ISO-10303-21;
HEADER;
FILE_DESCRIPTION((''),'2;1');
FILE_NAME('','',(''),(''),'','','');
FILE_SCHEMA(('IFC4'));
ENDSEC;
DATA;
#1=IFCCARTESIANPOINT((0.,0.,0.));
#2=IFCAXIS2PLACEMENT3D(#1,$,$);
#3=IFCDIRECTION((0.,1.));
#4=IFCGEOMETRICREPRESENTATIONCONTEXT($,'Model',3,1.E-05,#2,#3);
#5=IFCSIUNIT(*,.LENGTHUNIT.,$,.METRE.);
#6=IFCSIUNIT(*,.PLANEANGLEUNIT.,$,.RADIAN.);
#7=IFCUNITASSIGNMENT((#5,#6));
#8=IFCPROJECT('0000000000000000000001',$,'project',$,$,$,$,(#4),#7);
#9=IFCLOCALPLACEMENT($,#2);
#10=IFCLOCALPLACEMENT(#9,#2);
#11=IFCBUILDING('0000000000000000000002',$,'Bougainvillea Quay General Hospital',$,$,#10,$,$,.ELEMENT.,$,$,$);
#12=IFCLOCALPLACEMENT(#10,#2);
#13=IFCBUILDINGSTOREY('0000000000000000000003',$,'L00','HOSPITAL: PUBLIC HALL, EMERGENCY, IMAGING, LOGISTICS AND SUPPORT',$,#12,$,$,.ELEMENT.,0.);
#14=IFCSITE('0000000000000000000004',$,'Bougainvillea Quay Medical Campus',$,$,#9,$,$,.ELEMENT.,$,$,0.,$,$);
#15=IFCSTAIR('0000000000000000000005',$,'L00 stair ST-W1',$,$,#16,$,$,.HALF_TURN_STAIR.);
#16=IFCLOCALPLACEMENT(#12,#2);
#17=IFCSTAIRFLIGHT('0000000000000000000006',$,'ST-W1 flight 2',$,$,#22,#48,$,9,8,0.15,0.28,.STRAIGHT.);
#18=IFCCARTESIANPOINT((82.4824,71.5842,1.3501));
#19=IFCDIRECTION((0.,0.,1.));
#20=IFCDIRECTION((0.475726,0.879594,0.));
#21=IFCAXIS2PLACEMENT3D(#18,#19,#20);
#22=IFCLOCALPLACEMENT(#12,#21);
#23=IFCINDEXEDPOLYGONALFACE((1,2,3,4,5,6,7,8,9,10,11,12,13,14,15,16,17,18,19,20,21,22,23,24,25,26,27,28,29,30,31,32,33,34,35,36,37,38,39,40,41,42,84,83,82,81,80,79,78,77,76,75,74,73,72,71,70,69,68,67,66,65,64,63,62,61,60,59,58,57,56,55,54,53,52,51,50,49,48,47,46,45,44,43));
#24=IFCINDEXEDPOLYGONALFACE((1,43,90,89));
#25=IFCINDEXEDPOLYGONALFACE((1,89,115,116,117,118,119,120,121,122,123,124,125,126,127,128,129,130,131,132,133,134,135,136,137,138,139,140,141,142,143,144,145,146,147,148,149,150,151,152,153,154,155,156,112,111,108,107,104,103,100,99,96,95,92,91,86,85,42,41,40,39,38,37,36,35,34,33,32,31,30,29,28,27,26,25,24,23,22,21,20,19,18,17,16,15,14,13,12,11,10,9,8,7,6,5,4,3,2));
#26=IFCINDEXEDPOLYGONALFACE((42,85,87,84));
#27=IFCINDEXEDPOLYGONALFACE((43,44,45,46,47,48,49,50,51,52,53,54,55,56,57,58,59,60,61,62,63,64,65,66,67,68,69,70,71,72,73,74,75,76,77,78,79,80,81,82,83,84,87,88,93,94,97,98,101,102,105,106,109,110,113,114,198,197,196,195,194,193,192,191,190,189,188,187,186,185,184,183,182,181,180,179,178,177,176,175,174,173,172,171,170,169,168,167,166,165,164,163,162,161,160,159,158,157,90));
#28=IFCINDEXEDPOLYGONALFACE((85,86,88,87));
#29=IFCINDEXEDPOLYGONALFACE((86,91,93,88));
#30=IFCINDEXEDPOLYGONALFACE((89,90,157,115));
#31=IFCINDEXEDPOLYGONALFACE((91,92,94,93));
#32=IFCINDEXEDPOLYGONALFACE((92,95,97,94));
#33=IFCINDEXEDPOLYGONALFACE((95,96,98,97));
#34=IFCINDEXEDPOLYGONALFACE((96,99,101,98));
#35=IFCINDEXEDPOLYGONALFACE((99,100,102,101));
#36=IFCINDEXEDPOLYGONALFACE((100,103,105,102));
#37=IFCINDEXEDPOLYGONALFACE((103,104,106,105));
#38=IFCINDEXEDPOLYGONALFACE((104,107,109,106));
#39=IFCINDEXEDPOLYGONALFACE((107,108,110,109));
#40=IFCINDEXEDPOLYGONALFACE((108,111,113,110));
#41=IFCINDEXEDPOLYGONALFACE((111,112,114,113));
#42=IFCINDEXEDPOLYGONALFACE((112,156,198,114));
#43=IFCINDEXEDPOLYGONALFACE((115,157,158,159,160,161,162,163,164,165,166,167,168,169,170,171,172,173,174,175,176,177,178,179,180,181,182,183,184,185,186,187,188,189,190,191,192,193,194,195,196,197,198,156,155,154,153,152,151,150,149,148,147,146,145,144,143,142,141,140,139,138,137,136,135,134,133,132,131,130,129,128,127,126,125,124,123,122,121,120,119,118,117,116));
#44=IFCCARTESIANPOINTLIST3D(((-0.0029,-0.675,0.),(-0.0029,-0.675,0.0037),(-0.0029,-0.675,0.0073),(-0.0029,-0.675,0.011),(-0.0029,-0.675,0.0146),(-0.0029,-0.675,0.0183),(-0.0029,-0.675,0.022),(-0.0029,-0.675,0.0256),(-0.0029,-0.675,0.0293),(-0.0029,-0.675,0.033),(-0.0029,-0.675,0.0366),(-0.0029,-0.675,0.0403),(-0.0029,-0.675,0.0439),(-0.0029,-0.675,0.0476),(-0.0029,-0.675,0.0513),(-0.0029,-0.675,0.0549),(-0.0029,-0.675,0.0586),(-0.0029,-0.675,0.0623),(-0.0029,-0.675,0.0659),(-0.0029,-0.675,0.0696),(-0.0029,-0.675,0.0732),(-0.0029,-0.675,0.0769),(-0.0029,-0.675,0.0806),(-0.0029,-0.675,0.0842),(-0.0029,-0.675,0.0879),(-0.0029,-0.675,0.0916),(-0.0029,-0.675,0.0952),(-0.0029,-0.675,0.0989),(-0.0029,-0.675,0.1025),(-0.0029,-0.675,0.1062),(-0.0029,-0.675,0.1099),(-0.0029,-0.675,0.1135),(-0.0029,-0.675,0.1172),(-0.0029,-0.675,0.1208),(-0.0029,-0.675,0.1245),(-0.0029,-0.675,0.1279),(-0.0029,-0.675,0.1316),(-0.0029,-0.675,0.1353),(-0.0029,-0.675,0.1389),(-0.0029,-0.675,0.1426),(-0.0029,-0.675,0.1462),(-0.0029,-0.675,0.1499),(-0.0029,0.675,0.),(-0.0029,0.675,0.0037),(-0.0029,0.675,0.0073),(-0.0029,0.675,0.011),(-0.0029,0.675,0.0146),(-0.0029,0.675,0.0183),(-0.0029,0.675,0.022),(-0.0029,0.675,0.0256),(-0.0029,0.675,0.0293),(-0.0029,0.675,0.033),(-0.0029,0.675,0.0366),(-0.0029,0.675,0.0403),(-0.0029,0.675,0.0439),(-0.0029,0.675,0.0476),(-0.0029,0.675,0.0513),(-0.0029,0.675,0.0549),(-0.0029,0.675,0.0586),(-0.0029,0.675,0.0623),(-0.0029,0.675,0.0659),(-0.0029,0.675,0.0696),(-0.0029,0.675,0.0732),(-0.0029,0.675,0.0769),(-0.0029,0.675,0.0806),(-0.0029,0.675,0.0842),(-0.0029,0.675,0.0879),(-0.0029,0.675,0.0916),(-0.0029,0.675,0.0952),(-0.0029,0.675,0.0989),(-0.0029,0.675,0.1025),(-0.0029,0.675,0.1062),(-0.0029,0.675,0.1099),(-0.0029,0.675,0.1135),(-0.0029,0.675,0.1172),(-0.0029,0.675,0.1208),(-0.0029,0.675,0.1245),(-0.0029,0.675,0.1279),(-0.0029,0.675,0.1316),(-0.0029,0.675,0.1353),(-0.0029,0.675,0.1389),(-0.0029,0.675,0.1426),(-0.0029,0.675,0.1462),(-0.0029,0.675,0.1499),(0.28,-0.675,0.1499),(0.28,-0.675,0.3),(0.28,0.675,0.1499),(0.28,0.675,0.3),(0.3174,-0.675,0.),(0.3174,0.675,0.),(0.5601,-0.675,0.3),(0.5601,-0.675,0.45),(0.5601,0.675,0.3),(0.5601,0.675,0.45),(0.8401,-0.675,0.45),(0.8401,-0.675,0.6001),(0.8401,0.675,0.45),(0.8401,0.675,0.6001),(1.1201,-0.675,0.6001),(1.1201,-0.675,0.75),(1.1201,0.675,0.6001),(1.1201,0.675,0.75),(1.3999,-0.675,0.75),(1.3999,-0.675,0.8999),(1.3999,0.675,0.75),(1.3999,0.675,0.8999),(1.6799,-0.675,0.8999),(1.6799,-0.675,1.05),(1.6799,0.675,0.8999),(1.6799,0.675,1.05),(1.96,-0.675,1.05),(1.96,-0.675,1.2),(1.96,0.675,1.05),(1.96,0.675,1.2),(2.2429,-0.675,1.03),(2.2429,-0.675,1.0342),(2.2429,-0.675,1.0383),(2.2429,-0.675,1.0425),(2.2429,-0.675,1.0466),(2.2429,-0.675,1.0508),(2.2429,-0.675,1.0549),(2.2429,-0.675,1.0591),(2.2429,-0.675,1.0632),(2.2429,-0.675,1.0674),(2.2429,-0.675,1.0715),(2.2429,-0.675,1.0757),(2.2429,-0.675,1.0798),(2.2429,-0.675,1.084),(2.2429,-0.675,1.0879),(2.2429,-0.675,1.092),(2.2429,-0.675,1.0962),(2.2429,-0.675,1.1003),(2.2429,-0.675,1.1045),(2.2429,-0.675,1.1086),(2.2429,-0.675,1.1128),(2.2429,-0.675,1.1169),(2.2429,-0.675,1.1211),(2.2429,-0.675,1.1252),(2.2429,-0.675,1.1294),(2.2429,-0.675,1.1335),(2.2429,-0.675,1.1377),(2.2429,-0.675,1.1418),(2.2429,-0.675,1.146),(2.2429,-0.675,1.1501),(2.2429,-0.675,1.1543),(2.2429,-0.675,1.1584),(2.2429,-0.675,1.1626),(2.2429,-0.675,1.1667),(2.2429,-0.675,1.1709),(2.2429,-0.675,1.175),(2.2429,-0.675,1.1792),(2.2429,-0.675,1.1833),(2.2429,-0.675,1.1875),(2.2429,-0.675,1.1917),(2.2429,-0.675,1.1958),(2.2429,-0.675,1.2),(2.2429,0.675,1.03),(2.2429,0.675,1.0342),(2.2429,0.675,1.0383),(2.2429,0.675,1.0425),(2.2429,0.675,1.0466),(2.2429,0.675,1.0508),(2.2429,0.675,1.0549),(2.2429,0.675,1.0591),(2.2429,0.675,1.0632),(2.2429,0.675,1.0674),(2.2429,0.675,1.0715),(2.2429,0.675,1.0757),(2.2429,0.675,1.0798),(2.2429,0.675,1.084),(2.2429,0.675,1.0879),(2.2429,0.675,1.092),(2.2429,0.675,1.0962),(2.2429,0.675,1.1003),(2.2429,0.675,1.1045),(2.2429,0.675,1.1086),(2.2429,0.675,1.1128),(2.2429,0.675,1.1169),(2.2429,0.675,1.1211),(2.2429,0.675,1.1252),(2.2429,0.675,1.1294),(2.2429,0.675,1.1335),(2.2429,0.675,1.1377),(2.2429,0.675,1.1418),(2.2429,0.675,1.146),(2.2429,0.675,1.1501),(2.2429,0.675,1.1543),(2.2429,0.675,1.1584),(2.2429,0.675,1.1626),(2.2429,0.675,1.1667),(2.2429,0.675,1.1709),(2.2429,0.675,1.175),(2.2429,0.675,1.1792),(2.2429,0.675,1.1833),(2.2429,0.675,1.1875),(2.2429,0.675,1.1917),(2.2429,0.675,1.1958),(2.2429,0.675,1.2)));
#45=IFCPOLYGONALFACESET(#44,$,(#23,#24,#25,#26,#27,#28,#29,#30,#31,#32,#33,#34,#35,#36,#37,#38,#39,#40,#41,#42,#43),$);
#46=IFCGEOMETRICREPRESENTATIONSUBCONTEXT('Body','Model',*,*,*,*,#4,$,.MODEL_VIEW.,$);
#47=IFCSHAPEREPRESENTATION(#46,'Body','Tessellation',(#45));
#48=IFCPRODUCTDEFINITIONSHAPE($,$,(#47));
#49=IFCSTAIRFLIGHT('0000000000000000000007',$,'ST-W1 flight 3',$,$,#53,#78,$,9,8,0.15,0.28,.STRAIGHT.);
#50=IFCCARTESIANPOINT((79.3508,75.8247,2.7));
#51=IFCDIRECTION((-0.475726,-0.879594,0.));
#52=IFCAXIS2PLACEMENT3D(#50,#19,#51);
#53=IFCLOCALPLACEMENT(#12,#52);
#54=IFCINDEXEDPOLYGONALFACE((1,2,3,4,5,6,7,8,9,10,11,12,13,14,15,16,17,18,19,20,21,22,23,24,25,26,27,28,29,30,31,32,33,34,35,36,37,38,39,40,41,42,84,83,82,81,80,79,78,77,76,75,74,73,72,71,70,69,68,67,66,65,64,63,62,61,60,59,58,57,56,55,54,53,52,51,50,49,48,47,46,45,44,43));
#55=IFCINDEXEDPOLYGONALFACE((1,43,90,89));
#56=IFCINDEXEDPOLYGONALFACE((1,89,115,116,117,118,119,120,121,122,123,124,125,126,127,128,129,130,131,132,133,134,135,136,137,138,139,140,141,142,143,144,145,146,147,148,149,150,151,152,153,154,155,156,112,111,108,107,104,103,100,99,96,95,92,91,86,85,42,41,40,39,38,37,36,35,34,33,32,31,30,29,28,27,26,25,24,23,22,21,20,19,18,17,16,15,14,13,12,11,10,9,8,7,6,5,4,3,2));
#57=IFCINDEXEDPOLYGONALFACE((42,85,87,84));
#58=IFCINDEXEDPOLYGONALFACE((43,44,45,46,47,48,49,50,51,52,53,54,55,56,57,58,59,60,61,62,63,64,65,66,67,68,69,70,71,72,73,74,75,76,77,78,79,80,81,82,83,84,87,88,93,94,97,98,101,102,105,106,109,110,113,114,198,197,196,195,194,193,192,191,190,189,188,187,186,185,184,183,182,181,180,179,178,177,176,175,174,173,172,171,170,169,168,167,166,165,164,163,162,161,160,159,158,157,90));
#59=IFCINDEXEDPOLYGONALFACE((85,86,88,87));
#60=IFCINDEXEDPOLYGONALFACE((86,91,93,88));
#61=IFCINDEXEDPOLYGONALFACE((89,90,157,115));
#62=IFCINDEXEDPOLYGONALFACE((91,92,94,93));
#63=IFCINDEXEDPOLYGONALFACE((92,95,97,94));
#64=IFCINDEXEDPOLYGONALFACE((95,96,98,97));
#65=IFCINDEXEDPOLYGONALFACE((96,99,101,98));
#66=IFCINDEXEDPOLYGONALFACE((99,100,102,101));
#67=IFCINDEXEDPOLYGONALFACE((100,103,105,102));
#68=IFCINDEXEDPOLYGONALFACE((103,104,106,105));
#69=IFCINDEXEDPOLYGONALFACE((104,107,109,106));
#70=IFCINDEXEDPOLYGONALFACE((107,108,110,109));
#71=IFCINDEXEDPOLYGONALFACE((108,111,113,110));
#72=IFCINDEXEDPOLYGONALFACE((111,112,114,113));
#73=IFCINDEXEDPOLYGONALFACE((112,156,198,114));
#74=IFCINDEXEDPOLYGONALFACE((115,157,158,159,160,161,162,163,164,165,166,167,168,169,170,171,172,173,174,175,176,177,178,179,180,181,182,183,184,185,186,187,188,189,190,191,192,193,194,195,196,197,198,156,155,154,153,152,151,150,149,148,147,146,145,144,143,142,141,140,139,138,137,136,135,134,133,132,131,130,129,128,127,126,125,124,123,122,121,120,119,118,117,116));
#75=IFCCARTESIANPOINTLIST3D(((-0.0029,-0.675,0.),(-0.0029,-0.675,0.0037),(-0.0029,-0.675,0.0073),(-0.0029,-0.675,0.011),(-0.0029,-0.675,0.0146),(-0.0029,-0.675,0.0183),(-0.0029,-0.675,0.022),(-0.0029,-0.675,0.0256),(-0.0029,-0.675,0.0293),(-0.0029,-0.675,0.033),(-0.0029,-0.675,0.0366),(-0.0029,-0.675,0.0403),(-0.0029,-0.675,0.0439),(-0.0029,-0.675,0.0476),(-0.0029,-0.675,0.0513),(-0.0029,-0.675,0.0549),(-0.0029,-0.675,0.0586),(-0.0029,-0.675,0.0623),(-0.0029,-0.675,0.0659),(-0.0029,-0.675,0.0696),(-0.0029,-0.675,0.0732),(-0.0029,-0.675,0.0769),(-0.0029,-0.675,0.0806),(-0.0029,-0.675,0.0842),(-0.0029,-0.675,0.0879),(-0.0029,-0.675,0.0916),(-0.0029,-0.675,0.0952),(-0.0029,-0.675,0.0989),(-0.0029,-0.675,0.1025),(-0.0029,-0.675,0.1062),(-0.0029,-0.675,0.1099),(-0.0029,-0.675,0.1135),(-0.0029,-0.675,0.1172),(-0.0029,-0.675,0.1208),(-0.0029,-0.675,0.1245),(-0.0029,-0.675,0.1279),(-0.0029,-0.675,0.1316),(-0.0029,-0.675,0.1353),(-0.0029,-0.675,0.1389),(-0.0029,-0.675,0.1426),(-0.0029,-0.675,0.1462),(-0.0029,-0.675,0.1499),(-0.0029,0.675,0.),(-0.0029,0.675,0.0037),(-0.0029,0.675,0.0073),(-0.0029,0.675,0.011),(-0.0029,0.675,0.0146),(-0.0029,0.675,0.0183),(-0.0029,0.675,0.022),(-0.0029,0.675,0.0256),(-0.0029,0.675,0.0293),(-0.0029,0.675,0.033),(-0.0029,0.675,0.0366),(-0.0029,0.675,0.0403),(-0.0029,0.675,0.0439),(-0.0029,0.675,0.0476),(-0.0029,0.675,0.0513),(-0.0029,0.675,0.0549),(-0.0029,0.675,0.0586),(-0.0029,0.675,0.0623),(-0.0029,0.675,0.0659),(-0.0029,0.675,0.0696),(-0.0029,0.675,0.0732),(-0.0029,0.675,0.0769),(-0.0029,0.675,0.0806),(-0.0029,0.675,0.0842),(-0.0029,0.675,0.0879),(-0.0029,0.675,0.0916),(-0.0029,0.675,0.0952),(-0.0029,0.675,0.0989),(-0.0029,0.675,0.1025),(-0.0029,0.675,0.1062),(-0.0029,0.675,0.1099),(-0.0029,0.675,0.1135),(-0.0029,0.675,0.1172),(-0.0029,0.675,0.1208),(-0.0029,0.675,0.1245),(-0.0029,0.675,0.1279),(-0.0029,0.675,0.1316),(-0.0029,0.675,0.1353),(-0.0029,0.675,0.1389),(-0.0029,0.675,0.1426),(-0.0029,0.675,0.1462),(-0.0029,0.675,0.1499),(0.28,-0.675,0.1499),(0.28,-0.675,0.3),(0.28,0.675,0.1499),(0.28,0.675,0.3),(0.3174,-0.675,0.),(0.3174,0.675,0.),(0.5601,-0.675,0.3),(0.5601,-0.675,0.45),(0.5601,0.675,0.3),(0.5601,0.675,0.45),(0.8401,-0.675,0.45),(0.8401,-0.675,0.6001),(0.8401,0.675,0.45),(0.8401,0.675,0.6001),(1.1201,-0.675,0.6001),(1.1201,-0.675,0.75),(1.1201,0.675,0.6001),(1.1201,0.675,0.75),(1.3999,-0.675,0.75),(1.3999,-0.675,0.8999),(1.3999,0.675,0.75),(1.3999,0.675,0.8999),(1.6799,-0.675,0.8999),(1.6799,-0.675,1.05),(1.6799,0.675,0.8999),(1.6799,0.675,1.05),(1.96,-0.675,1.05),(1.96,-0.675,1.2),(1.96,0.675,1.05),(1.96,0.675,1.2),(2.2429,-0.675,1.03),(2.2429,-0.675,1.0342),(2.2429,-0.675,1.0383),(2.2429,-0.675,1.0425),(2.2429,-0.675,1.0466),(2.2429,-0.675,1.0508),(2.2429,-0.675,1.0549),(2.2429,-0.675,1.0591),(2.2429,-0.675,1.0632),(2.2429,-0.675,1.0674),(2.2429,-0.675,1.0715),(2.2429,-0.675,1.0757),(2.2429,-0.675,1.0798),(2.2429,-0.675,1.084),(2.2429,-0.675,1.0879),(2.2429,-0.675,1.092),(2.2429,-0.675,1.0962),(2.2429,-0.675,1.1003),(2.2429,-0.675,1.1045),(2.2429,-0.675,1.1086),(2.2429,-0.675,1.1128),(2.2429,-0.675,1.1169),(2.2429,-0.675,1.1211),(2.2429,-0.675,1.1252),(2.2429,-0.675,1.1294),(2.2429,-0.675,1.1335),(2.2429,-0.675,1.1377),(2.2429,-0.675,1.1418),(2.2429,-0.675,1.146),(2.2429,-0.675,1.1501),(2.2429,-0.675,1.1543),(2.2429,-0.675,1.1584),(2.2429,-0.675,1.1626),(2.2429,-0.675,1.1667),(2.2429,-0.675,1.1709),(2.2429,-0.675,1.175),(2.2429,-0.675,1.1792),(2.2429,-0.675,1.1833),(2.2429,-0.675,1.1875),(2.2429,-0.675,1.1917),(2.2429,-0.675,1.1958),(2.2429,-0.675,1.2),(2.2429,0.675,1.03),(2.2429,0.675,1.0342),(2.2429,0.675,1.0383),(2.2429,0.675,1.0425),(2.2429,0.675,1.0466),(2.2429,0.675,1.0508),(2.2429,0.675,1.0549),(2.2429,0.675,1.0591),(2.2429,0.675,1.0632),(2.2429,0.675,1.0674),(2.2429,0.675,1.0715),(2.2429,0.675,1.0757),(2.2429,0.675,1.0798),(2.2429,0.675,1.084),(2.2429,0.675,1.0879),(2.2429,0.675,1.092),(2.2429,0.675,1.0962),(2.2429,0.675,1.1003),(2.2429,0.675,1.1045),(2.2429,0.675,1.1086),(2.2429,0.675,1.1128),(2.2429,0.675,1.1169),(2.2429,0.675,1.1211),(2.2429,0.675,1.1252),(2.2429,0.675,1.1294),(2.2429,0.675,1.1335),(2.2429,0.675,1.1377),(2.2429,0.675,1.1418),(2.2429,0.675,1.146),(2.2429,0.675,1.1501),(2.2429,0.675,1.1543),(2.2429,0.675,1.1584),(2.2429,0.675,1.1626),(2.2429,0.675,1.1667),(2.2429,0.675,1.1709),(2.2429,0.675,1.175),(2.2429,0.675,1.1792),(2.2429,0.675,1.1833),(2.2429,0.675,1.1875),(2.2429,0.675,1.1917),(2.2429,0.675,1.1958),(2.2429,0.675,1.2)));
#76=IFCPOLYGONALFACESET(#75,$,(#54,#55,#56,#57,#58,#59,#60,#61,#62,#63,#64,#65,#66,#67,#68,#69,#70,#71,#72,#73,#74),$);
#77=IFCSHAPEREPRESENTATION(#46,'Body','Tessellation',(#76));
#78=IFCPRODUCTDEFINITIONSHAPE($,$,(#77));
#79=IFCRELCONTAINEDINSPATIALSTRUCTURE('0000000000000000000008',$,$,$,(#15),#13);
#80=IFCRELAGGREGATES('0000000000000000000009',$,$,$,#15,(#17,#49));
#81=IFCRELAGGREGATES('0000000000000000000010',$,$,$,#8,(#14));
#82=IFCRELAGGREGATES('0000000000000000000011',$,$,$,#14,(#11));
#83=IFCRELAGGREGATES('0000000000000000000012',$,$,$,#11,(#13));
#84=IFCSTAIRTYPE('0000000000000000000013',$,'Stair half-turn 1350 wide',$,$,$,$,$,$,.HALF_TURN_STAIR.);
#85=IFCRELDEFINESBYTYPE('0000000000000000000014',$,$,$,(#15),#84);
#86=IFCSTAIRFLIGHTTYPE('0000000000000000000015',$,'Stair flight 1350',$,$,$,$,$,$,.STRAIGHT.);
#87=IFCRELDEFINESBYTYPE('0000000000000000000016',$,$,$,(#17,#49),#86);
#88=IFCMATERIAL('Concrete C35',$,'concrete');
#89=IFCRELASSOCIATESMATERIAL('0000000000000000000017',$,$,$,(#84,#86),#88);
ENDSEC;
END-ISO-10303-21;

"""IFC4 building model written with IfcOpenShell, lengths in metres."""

from ifc_helpers import new_model, si_unit, direction, frame, origin, place, context, subcontext, project, spatial, polyline, outline, extrude, material, type_object, element, aggregate, save


model = new_model("IFC4")

# Units and contexts
model_context = context("Model", 3, precision=1e-05, world=origin(), true_north=direction((0.0, 1.0)))
body_context = subcontext(model_context, "Body", "Model", "MODEL_VIEW")
ifc_project = project(units=[si_unit("LENGTHUNIT", "METRE"), si_unit("PLANEANGLEUNIT", "RADIAN")], contexts=[model_context])

# Site, building, storey
site_placement = place(None, origin())
site = spatial("IfcSite", under=ifc_project, at=site_placement, Name="Bougainvillea Quay Medical Campus", CompositionType="ELEMENT", RefElevation=0.0)
building_placement = place(site_placement, origin())
building = spatial("IfcBuilding", under=site, at=building_placement, Name="Bougainvillea Quay General Hospital", CompositionType="ELEMENT")
storey_placement = place(building_placement, origin())
storey = spatial("IfcBuildingStorey", under=building, at=storey_placement, Name="L00", Description="HOSPITAL: PUBLIC HALL, EMERGENCY, IMAGING, LOGISTICS AND SUPPORT", CompositionType="ELEMENT", Elevation=0.0)

# Stair, stair flights
ifc_material_1 = material(Name="Concrete C35", Category="concrete")
stair_type = type_object("IfcStairType", Name="Stair half-turn 1350 wide", PredefinedType="HALF_TURN_STAIR", material=ifc_material_1)
stair_placement = place(storey_placement, origin())
stair = element("IfcStair", 1, at=stair_placement, inside=storey, type_object=stair_type, Name="L00 stair ST-W1", PredefinedType="HALF_TURN_STAIR")
stair_flight_type = type_object("IfcStairFlightType", Name="Stair flight 1350", PredefinedType="STRAIGHT", material=ifc_material_1)
stair_flight_1_placement = place(storey_placement, frame((82.4824, 71.5842, 1.3501), z_axis=(0.0, 0.0, 1.0), x_axis=(0.475726, 0.879594, 0.0)))
stair_flight_1 = element("IfcStairFlight", 2, at=stair_flight_1_placement, type_object=stair_flight_type, Name="ST-W1 flight 2", NumberOfRisers=9, NumberOfTreads=8, PredefinedType="STRAIGHT", RiserHeight=0.15, TreadLength=0.28, context=body_context, shape_type="SweptSolid", body=[
    extrude(outline(polyline([(-0.0029, 0.0), (-0.0029, 0.0037), (-0.0029, 0.0073), (-0.0029, 0.011), (-0.0029, 0.0146), (-0.0029, 0.0183), (-0.0029, 0.022), (-0.0029, 0.0256), (-0.0029, 0.0293), (-0.0029, 0.033), (-0.0029, 0.0366), (-0.0029, 0.0403), (-0.0029, 0.0439), (-0.0029, 0.0476), (-0.0029, 0.0513), (-0.0029, 0.0549), (-0.0029, 0.0586), (-0.0029, 0.0623), (-0.0029, 0.0659), (-0.0029, 0.0696), (-0.0029, 0.0732), (-0.0029, 0.0769), (-0.0029, 0.0806), (-0.0029, 0.0842), (-0.0029, 0.0879), (-0.0029, 0.0916), (-0.0029, 0.0952), (-0.0029, 0.0989), (-0.0029, 0.1025), (-0.0029, 0.1062), (-0.0029, 0.1099), (-0.0029, 0.1135), (-0.0029, 0.1172), (-0.0029, 0.1208), (-0.0029, 0.1245), (-0.0029, 0.1279), (-0.0029, 0.1316), (-0.0029, 0.1353), (-0.0029, 0.1389), (-0.0029, 0.1426), (-0.0029, 0.1462), (-0.0029, 0.1499), (0.28, 0.1499), (0.28, 0.3), (0.5601, 0.3), (0.5601, 0.45), (0.8401, 0.45), (0.8401, 0.6001), (1.1201, 0.6001), (1.1201, 0.75), (1.3999, 0.75), (1.3999, 0.8999), (1.6799, 0.8999), (1.6799, 1.05), (1.96, 1.05), (1.96, 1.2), (2.2429, 1.2), (2.2429, 1.1958), (2.2429, 1.1917), (2.2429, 1.1875), (2.2429, 1.1833), (2.2429, 1.1792), (2.2429, 1.175), (2.2429, 1.1709), (2.2429, 1.1667), (2.2429, 1.1626), (2.2429, 1.1584), (2.2429, 1.1543), (2.2429, 1.1501), (2.2429, 1.146), (2.2429, 1.1418), (2.2429, 1.1377), (2.2429, 1.1335), (2.2429, 1.1294), (2.2429, 1.1252), (2.2429, 1.1211), (2.2429, 1.1169), (2.2429, 1.1128), (2.2429, 1.1086), (2.2429, 1.1045), (2.2429, 1.1003), (2.2429, 1.0962), (2.2429, 1.092), (2.2429, 1.0879), (2.2429, 1.084), (2.2429, 1.0798), (2.2429, 1.0757), (2.2429, 1.0715), (2.2429, 1.0674), (2.2429, 1.0632), (2.2429, 1.0591), (2.2429, 1.0549), (2.2429, 1.0508), (2.2429, 1.0466), (2.2429, 1.0425), (2.2429, 1.0383), (2.2429, 1.0342), (2.2429, 1.03), (0.3174, 0.0), (-0.0029, 0.0)])), frame((0.0, 0.675, 0.0), z_axis=(0.0, -1.0, 0.0), x_axis=(1.0, 0.0, 0.0)), (0.0, 0.0, 1.0), 1.3501),
])
stair_flight_2_placement = place(storey_placement, frame((79.3508, 75.8247, 2.7), z_axis=(0.0, 0.0, 1.0), x_axis=(-0.475726, -0.879594, 0.0)))
stair_flight_2 = element("IfcStairFlight", 3, at=stair_flight_2_placement, type_object=stair_flight_type, Name="ST-W1 flight 3", NumberOfRisers=9, NumberOfTreads=8, PredefinedType="STRAIGHT", RiserHeight=0.15, TreadLength=0.28, context=body_context, shape_type="SweptSolid", body=[
    extrude(outline(polyline([(-0.0029, 0.0), (-0.0029, 0.0037), (-0.0029, 0.0073), (-0.0029, 0.011), (-0.0029, 0.0146), (-0.0029, 0.0183), (-0.0029, 0.022), (-0.0029, 0.0256), (-0.0029, 0.0293), (-0.0029, 0.033), (-0.0029, 0.0366), (-0.0029, 0.0403), (-0.0029, 0.0439), (-0.0029, 0.0476), (-0.0029, 0.0513), (-0.0029, 0.0549), (-0.0029, 0.0586), (-0.0029, 0.0623), (-0.0029, 0.0659), (-0.0029, 0.0696), (-0.0029, 0.0732), (-0.0029, 0.0769), (-0.0029, 0.0806), (-0.0029, 0.0842), (-0.0029, 0.0879), (-0.0029, 0.0916), (-0.0029, 0.0952), (-0.0029, 0.0989), (-0.0029, 0.1025), (-0.0029, 0.1062), (-0.0029, 0.1099), (-0.0029, 0.1135), (-0.0029, 0.1172), (-0.0029, 0.1208), (-0.0029, 0.1245), (-0.0029, 0.1279), (-0.0029, 0.1316), (-0.0029, 0.1353), (-0.0029, 0.1389), (-0.0029, 0.1426), (-0.0029, 0.1462), (-0.0029, 0.1499), (0.28, 0.1499), (0.28, 0.3), (0.5601, 0.3), (0.5601, 0.45), (0.8401, 0.45), (0.8401, 0.6001), (1.1201, 0.6001), (1.1201, 0.75), (1.3999, 0.75), (1.3999, 0.8999), (1.6799, 0.8999), (1.6799, 1.05), (1.96, 1.05), (1.96, 1.2), (2.2429, 1.2), (2.2429, 1.1958), (2.2429, 1.1917), (2.2429, 1.1875), (2.2429, 1.1833), (2.2429, 1.1792), (2.2429, 1.175), (2.2429, 1.1709), (2.2429, 1.1667), (2.2429, 1.1626), (2.2429, 1.1584), (2.2429, 1.1543), (2.2429, 1.1501), (2.2429, 1.146), (2.2429, 1.1418), (2.2429, 1.1377), (2.2429, 1.1335), (2.2429, 1.1294), (2.2429, 1.1252), (2.2429, 1.1211), (2.2429, 1.1169), (2.2429, 1.1128), (2.2429, 1.1086), (2.2429, 1.1045), (2.2429, 1.1003), (2.2429, 1.0962), (2.2429, 1.092), (2.2429, 1.0879), (2.2429, 1.084), (2.2429, 1.0798), (2.2429, 1.0757), (2.2429, 1.0715), (2.2429, 1.0674), (2.2429, 1.0632), (2.2429, 1.0591), (2.2429, 1.0549), (2.2429, 1.0508), (2.2429, 1.0466), (2.2429, 1.0425), (2.2429, 1.0383), (2.2429, 1.0342), (2.2429, 1.03), (0.3174, 0.0), (-0.0029, 0.0)])), frame((0.0, 0.675, 0.0), z_axis=(0.0, -1.0, 0.0), x_axis=(1.0, 0.0, 0.0)), (0.0, 0.0, 1.0), 1.3501),
])
aggregate(stair, [stair_flight_1, stair_flight_2])

save(model, "model.ifc")
